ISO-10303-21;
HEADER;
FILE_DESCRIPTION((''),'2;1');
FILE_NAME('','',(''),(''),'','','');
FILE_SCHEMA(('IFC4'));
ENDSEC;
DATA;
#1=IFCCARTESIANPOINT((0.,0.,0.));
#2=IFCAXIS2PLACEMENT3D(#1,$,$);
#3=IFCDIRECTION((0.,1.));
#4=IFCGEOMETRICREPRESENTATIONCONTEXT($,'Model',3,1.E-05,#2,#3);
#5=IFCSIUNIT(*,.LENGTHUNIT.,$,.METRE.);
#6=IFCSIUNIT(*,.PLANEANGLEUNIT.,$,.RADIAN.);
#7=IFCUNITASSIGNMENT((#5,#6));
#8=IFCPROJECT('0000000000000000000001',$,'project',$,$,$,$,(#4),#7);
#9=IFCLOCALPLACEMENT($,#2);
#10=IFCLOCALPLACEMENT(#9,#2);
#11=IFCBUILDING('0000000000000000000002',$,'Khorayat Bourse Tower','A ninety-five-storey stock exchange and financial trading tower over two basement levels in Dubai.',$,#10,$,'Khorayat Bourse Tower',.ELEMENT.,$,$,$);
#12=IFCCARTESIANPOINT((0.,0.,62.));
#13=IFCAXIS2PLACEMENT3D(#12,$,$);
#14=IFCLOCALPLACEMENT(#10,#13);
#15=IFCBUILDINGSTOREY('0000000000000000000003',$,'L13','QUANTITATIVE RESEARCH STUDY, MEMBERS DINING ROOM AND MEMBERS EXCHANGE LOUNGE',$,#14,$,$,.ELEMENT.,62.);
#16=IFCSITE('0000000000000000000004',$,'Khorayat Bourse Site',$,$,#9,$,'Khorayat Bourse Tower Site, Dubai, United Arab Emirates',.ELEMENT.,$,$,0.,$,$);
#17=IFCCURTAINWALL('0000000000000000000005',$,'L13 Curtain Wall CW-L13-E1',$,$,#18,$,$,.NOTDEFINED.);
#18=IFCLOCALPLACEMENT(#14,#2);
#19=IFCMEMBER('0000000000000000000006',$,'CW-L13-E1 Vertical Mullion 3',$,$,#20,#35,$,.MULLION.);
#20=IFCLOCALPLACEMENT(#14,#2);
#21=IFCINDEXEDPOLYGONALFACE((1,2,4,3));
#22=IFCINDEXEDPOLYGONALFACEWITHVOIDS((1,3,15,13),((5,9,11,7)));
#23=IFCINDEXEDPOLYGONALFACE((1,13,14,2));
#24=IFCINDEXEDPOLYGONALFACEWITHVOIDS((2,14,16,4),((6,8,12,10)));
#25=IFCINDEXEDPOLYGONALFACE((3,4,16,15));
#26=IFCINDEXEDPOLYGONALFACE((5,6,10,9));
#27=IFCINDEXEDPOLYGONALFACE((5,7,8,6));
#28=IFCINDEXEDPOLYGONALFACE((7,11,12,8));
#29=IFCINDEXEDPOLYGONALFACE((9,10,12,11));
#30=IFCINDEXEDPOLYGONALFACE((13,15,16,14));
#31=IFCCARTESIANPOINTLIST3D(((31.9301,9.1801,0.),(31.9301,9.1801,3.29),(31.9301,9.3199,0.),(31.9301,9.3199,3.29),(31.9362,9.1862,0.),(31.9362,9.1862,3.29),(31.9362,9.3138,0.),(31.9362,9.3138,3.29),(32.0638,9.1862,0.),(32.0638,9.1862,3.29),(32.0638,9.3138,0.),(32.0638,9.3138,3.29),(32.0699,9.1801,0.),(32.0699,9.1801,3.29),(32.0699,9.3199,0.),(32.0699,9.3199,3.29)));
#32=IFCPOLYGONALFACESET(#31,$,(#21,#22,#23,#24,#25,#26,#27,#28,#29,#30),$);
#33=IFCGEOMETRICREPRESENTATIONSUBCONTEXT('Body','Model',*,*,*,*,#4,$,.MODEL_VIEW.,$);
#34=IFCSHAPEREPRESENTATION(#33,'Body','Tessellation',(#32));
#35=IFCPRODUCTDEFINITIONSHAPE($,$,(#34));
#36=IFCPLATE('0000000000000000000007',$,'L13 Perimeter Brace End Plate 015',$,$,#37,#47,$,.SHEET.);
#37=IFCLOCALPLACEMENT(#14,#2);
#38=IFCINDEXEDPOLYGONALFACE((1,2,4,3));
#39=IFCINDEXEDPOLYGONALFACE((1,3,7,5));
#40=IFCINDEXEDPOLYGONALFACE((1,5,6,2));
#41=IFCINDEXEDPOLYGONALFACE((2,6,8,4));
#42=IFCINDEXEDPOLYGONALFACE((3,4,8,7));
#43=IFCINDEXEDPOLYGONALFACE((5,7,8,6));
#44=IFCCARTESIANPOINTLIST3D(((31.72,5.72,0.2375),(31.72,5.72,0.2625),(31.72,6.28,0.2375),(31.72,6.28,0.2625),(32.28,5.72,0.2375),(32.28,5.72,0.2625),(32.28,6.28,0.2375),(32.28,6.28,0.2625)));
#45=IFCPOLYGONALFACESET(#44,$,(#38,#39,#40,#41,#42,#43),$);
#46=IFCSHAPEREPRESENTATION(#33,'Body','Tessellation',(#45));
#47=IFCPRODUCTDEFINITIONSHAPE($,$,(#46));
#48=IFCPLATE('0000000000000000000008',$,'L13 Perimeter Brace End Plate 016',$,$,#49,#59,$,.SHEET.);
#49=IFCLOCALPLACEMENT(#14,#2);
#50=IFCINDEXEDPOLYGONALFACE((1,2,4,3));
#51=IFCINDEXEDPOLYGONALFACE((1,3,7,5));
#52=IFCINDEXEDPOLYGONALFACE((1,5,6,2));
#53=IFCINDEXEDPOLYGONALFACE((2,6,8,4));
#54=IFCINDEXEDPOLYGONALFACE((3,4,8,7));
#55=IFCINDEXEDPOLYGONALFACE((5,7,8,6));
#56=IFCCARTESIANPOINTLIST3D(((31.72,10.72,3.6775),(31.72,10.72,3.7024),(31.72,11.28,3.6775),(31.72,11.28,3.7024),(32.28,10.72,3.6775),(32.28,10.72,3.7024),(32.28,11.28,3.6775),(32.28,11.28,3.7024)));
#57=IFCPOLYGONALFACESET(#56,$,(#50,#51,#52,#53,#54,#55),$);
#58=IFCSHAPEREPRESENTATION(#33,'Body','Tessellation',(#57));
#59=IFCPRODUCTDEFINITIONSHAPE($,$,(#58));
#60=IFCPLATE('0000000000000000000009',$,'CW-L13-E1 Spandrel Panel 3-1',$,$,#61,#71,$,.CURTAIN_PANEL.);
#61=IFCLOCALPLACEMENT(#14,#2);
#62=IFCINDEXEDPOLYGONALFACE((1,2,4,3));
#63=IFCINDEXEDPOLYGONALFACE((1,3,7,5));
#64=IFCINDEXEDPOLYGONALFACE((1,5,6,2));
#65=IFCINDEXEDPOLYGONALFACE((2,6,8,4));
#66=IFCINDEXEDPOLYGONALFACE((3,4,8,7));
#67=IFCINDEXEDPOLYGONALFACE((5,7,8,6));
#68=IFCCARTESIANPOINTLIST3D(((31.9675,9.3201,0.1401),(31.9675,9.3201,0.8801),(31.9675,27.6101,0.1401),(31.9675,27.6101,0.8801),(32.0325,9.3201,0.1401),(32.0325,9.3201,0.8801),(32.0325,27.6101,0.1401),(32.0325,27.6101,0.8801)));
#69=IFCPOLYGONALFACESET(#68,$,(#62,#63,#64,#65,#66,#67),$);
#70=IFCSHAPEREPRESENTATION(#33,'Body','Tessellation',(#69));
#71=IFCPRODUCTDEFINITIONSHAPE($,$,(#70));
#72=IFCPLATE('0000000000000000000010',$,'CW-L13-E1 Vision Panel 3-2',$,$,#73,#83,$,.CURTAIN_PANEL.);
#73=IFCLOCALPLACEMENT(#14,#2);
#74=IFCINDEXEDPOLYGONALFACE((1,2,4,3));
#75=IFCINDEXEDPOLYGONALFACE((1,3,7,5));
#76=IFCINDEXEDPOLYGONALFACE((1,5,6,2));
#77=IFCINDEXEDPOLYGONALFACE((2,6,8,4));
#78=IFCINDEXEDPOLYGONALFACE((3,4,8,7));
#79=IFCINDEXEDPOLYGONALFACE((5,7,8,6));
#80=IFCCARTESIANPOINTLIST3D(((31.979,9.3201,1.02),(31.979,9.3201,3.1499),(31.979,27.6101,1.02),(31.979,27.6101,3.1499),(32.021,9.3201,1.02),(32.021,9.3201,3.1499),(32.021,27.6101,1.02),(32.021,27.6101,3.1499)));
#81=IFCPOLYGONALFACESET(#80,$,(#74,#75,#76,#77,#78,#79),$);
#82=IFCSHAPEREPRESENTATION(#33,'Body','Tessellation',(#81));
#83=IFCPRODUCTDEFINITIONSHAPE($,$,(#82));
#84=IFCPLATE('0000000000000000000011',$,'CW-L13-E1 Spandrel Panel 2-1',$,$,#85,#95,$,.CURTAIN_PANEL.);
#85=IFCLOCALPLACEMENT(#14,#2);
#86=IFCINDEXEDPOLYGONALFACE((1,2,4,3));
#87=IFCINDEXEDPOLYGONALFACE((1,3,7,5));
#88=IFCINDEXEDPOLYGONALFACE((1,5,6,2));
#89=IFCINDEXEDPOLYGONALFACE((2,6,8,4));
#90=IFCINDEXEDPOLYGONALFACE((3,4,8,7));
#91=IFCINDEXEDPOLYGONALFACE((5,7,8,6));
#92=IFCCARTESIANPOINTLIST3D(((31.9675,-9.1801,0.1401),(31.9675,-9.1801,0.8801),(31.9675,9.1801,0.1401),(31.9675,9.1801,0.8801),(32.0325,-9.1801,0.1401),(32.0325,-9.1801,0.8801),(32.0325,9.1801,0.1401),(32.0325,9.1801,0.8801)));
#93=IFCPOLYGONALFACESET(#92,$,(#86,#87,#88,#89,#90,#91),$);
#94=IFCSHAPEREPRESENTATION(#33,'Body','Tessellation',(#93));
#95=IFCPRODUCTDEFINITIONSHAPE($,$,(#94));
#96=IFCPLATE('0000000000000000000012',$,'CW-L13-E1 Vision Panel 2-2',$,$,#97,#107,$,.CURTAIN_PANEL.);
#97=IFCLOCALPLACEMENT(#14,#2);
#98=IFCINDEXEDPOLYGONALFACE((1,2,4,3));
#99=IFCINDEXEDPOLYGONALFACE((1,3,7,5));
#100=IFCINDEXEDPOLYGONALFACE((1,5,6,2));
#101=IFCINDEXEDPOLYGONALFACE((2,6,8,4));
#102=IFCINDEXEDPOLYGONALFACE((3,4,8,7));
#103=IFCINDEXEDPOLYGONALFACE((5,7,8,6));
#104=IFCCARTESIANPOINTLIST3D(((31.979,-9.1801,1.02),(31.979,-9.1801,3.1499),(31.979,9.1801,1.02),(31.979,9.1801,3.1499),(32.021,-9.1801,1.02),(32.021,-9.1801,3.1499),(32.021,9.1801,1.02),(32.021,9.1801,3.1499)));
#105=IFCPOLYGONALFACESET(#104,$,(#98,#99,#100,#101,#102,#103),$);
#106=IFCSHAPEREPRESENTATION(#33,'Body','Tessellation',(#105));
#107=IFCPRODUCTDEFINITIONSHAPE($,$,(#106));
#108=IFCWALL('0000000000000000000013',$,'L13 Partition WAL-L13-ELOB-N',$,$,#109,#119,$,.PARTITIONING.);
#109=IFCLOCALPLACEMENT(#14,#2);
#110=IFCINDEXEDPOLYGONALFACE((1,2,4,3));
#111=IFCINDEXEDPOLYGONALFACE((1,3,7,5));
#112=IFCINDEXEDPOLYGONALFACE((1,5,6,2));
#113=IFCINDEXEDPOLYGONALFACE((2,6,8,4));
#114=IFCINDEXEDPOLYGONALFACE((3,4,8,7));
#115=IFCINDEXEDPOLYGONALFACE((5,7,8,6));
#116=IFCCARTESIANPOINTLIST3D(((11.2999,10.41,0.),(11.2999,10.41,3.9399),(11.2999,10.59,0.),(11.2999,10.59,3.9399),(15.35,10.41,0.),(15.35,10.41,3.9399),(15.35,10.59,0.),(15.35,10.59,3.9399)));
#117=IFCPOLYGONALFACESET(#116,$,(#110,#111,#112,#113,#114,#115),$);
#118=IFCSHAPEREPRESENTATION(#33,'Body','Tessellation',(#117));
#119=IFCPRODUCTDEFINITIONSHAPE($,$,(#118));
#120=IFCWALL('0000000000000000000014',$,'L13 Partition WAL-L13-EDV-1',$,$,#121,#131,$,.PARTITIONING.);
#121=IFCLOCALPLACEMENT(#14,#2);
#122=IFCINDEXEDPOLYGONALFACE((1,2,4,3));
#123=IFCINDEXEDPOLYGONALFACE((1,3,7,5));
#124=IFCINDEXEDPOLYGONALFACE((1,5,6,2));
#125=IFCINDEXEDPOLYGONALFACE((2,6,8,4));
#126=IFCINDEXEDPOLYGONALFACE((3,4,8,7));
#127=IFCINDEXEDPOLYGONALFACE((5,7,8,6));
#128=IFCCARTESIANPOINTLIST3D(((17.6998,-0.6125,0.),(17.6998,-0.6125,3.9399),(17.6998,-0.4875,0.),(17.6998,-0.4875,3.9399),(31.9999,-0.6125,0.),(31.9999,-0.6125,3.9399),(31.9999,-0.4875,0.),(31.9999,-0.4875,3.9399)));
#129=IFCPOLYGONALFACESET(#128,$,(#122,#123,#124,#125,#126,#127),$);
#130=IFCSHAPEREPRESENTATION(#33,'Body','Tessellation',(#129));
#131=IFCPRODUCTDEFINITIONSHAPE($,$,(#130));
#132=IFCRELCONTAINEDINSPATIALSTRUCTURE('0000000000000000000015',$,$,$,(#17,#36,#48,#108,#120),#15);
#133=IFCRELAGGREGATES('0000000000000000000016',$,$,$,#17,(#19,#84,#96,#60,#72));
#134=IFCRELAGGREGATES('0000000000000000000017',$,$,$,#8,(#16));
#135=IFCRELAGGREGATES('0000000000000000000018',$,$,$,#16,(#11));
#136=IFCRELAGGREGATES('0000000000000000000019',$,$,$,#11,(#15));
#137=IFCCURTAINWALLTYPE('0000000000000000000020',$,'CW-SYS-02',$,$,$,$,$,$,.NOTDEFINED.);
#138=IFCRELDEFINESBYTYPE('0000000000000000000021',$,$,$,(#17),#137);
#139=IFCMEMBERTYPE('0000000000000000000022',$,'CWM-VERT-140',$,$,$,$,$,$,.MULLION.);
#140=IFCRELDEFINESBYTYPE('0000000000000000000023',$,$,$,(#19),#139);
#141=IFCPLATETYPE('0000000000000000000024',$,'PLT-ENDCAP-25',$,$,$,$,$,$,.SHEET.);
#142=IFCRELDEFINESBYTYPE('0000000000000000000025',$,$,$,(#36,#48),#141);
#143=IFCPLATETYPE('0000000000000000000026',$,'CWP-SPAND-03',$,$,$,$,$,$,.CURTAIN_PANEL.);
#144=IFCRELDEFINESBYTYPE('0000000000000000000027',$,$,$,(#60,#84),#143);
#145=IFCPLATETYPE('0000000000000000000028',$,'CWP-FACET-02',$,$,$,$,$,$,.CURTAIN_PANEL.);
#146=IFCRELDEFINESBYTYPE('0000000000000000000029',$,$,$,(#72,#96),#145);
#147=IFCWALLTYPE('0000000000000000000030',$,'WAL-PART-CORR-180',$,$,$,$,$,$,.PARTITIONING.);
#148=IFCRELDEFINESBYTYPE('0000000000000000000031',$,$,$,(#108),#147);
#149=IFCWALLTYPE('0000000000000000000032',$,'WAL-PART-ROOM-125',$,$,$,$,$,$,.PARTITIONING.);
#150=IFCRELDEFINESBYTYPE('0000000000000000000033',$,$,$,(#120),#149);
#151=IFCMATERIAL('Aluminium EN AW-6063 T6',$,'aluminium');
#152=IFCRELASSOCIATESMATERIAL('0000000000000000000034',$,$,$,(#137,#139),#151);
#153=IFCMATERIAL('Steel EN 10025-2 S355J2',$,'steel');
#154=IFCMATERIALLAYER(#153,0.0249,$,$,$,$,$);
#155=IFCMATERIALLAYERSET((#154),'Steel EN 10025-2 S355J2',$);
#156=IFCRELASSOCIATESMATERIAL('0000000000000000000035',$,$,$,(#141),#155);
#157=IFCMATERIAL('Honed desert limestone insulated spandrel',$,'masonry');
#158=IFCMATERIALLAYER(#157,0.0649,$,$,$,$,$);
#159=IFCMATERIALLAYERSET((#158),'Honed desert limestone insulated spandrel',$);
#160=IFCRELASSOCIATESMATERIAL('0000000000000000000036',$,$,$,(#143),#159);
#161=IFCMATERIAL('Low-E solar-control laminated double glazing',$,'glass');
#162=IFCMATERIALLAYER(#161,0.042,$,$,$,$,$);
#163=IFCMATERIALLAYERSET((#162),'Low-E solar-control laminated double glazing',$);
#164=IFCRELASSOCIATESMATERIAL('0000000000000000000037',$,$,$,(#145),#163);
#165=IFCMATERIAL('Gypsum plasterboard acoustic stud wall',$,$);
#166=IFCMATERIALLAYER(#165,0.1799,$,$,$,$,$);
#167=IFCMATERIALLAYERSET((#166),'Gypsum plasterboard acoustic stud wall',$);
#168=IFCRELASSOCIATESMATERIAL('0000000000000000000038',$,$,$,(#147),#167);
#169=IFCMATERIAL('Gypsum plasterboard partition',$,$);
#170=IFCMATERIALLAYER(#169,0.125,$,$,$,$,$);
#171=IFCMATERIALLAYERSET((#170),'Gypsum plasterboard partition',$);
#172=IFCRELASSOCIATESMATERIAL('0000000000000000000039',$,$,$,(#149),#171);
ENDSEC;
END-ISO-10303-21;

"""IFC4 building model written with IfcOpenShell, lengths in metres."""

from ifc_helpers import new_model, si_unit, direction, frame, frame_2d, origin, origin_2d, place, context, subcontext, project, spatial, rectangle, hollow_rectangle, extrude, source, transform, mapped, material, layer, layer_set, material_profile, profile_set, type_object, element, aggregate, save


model = new_model("IFC4")

# Units and contexts
model_context = context("Model", 3, precision=1e-05, world=origin(), true_north=direction((0.0, 1.0)))
body_context = subcontext(model_context, "Body", "Model", "MODEL_VIEW")
ifc_project = project(units=[si_unit("LENGTHUNIT", "METRE"), si_unit("PLANEANGLEUNIT", "RADIAN")], contexts=[model_context])

# Site, building, storey
site_placement = place(None, origin())
site = spatial("IfcSite", under=ifc_project, at=site_placement, Name="Khorayat Bourse Site", LongName="Khorayat Bourse Tower Site, Dubai, United Arab Emirates", CompositionType="ELEMENT", RefElevation=0.0)
building_placement = place(site_placement, origin())
building = spatial("IfcBuilding", under=site, at=building_placement, Name="Khorayat Bourse Tower", Description="A ninety-five-storey stock exchange and financial trading tower over two basement levels in Dubai.", LongName="Khorayat Bourse Tower", CompositionType="ELEMENT")
storey_placement = place(building_placement, frame((0.0, 0.0, 62.0)))
storey = spatial("IfcBuildingStorey", under=building, at=storey_placement, Name="L13", Description="QUANTITATIVE RESEARCH STUDY, MEMBERS DINING ROOM AND MEMBERS EXCHANGE LOUNGE", CompositionType="ELEMENT", Elevation=62.0)

# Curtain wall, member
ifc_material_1 = material(Name="Aluminium EN AW-6063 T6", Category="aluminium")
curtain_wall_type = type_object("IfcCurtainWallType", Name="CW-SYS-02", PredefinedType="NOTDEFINED", material=ifc_material_1)
curtain_wall_placement = place(storey_placement, origin())
curtain_wall = element("IfcCurtainWall", 1, at=curtain_wall_placement, inside=storey, type_object=curtain_wall_type, Name="L13 Curtain Wall CW-L13-E1", PredefinedType="NOTDEFINED")
ifc_material_profile_1 = material_profile(ifc_material_1, hollow_rectangle(XDim=0.1399, YDim=0.1399, WallThickness=0.0061, at=origin_2d()), Name="ALU 140x140x6")
ifc_profile_set_1 = profile_set([ifc_material_profile_1], Name="Aluminium EN AW-6063 T6")
member_type_1 = type_object("IfcMemberType", Name="CWM-VERT-140", PredefinedType="MULLION", material=ifc_profile_set_1)
shared_shape_1 = source(origin(), body_context, "Body", "SweptSolid", [
    extrude(hollow_rectangle(XDim=0.1399, YDim=0.1399, WallThickness=0.0061, at=origin_2d()), origin(), (0.0, 0.0, 1.0), 3.29),
])
member_1_placement = place(storey_placement, frame((32.0, 9.25, 0.0), z_axis=(0.0, 0.0, 1.0), x_axis=(-1.0, 0.0, 0.0)))
member_1 = element("IfcMember", 2, at=member_1_placement, type_object=member_type_1, Name="CW-L13-E1 Vertical Mullion 3", PredefinedType="MULLION", context=body_context, shape_type="MappedRepresentation", body=[
    mapped(shared_shape_1, transform((0.0, 0.0, 0.0), scale=1.0)),
])

# Plates
ifc_material_2 = material(Name="Steel EN 10025-2 S355J2", Category="steel")
ifc_layer_1 = layer(ifc_material_2, 0.0249)
ifc_layer_set_1 = layer_set([ifc_layer_1], Name="Steel EN 10025-2 S355J2")
plate_type_1 = type_object("IfcPlateType", Name="PLT-ENDCAP-25", PredefinedType="SHEET", material=ifc_layer_set_1)
shared_shape_2 = source(origin(), body_context, "Body", "SweptSolid", [
    extrude(rectangle(XDim=0.5601, YDim=0.5601, at=origin_2d()), origin(), (0.0, 0.0, 1.0), 0.0249),
])
for number, where, z_axis, x_axis, name in (
    (3, (32.0, 6.0, 0.2375), (0.0, 0.0, 1.0), (1.0, 0.0, 0.0), "L13 Perimeter Brace End Plate 015"),
    (4, (32.0, 11.0, 3.6775), (0.0, 0.0, 1.0), (1.0, 0.0, 0.0), "L13 Perimeter Brace End Plate 016"),
):
    element("IfcPlate", number, at=place(storey_placement, frame(where, z_axis=z_axis, x_axis=x_axis)), inside=storey, type_object=plate_type_1, Name=name, PredefinedType="SHEET", context=body_context, shape_type="MappedRepresentation", body=[
        mapped(shared_shape_2, transform((0.0, 0.0, 0.0), scale=1.0)),
    ])

# Plates
ifc_material_3 = material(Name="Honed desert limestone insulated spandrel", Category="masonry")
ifc_layer_2 = layer(ifc_material_3, 0.0649)
ifc_layer_set_2 = layer_set([ifc_layer_2], Name="Honed desert limestone insulated spandrel")
plate_type_2 = type_object("IfcPlateType", Name="CWP-SPAND-03", PredefinedType="CURTAIN_PANEL", material=ifc_layer_set_2)
shared_shape_3 = source(origin(), body_context, "Body", "SweptSolid", [
    extrude(rectangle(XDim=18.29, YDim=0.0649, at=origin_2d()), origin(), (0.0, 0.0, 1.0), 0.74),
])
plate_1_placement = place(storey_placement, frame((32.0, 18.4651, 0.1401), z_axis=(0.0, 0.0, 1.0), x_axis=(0.0, 1.0, 0.0)))
plate_1 = element("IfcPlate", 5, at=plate_1_placement, type_object=plate_type_2, Name="CW-L13-E1 Spandrel Panel 3-1", PredefinedType="CURTAIN_PANEL", context=body_context, shape_type="MappedRepresentation", body=[
    mapped(shared_shape_3, transform((0.0, 0.0, 0.0), scale=1.0)),
])
ifc_material_4 = material(Name="Low-E solar-control laminated double glazing", Category="glass")
ifc_layer_3 = layer(ifc_material_4, 0.042)
ifc_layer_set_3 = layer_set([ifc_layer_3], Name="Low-E solar-control laminated double glazing")
plate_type_3 = type_object("IfcPlateType", Name="CWP-FACET-02", PredefinedType="CURTAIN_PANEL", material=ifc_layer_set_3)
shared_shape_4 = source(origin(), body_context, "Body", "SweptSolid", [
    extrude(rectangle(XDim=18.29, YDim=0.042, at=origin_2d()), origin(), (0.0, 0.0, 1.0), 2.1299),
])
plate_2_placement = place(storey_placement, frame((32.0, 18.4651, 1.02), z_axis=(0.0, 0.0, 1.0), x_axis=(0.0, 1.0, 0.0)))
plate_2 = element("IfcPlate", 6, at=plate_2_placement, type_object=plate_type_3, Name="CW-L13-E1 Vision Panel 3-2", PredefinedType="CURTAIN_PANEL", context=body_context, shape_type="MappedRepresentation", body=[
    mapped(shared_shape_4, transform((0.0, 0.0, 0.0), scale=1.0)),
])
shared_shape_5 = source(origin(), body_context, "Body", "SweptSolid", [
    extrude(rectangle(XDim=18.3601, YDim=0.0649, at=origin_2d()), origin(), (0.0, 0.0, 1.0), 0.74),
])
plate_3_placement = place(storey_placement, frame((32.0, 0.0, 0.1401), z_axis=(0.0, 0.0, 1.0), x_axis=(0.0, 1.0, 0.0)))
plate_3 = element("IfcPlate", 7, at=plate_3_placement, type_object=plate_type_2, Name="CW-L13-E1 Spandrel Panel 2-1", PredefinedType="CURTAIN_PANEL", context=body_context, shape_type="MappedRepresentation", body=[
    mapped(shared_shape_5, transform((0.0, 0.0, 0.0), scale=1.0)),
])
shared_shape_6 = source(origin(), body_context, "Body", "SweptSolid", [
    extrude(rectangle(XDim=18.3601, YDim=0.042, at=origin_2d()), origin(), (0.0, 0.0, 1.0), 2.1299),
])
plate_4_placement = place(storey_placement, frame((32.0, 0.0, 1.02), z_axis=(0.0, 0.0, 1.0), x_axis=(0.0, 1.0, 0.0)))
plate_4 = element("IfcPlate", 8, at=plate_4_placement, type_object=plate_type_3, Name="CW-L13-E1 Vision Panel 2-2", PredefinedType="CURTAIN_PANEL", context=body_context, shape_type="MappedRepresentation", body=[
    mapped(shared_shape_6, transform((0.0, 0.0, 0.0), scale=1.0)),
])
aggregate(curtain_wall, [member_1, plate_3, plate_4, plate_1, plate_2])

# Walls
ifc_material_5 = material(Name="Gypsum plasterboard acoustic stud wall")
ifc_layer_4 = layer(ifc_material_5, 0.1799)
ifc_layer_set_4 = layer_set([ifc_layer_4], Name="Gypsum plasterboard acoustic stud wall")
wall_type_1 = type_object("IfcWallType", Name="WAL-PART-CORR-180", PredefinedType="PARTITIONING", material=ifc_layer_set_4)
shared_shape_7 = source(origin(), body_context, "Body", "SweptSolid", [
    extrude(rectangle(XDim=4.05, YDim=0.1799, at=frame_2d((2.0249, 0.0))), origin(), (0.0, 0.0, 1.0), 3.9399),
])
wall_1_placement = place(storey_placement, frame((11.3, 10.5, 0.0), z_axis=(0.0, 0.0, 1.0), x_axis=(1.0, 0.0, 0.0)))
element("IfcWall", 9, at=wall_1_placement, inside=storey, type_object=wall_type_1, Name="L13 Partition WAL-L13-ELOB-N", PredefinedType="PARTITIONING", context=body_context, shape_type="MappedRepresentation", body=[
    mapped(shared_shape_7, transform((0.0, 0.0, 0.0), scale=1.0)),
])
ifc_material_6 = material(Name="Gypsum plasterboard partition")
ifc_layer_5 = layer(ifc_material_6, 0.125)
ifc_layer_set_5 = layer_set([ifc_layer_5], Name="Gypsum plasterboard partition")
wall_type_2 = type_object("IfcWallType", Name="WAL-PART-ROOM-125", PredefinedType="PARTITIONING", material=ifc_layer_set_5)
shared_shape_8 = source(origin(), body_context, "Body", "SweptSolid", [
    extrude(rectangle(XDim=14.3, YDim=0.125, at=frame_2d((7.1499, 0.0))), origin(), (0.0, 0.0, 1.0), 3.9399),
])
wall_2_placement = place(storey_placement, frame((17.7, -0.55, 0.0), z_axis=(0.0, 0.0, 1.0), x_axis=(1.0, 0.0, 0.0)))
element("IfcWall", 10, at=wall_2_placement, inside=storey, type_object=wall_type_2, Name="L13 Partition WAL-L13-EDV-1", PredefinedType="PARTITIONING", context=body_context, shape_type="MappedRepresentation", body=[
    mapped(shared_shape_8, transform((0.0, 0.0, 0.0), scale=1.0)),
])

save(model, "model.ifc")
